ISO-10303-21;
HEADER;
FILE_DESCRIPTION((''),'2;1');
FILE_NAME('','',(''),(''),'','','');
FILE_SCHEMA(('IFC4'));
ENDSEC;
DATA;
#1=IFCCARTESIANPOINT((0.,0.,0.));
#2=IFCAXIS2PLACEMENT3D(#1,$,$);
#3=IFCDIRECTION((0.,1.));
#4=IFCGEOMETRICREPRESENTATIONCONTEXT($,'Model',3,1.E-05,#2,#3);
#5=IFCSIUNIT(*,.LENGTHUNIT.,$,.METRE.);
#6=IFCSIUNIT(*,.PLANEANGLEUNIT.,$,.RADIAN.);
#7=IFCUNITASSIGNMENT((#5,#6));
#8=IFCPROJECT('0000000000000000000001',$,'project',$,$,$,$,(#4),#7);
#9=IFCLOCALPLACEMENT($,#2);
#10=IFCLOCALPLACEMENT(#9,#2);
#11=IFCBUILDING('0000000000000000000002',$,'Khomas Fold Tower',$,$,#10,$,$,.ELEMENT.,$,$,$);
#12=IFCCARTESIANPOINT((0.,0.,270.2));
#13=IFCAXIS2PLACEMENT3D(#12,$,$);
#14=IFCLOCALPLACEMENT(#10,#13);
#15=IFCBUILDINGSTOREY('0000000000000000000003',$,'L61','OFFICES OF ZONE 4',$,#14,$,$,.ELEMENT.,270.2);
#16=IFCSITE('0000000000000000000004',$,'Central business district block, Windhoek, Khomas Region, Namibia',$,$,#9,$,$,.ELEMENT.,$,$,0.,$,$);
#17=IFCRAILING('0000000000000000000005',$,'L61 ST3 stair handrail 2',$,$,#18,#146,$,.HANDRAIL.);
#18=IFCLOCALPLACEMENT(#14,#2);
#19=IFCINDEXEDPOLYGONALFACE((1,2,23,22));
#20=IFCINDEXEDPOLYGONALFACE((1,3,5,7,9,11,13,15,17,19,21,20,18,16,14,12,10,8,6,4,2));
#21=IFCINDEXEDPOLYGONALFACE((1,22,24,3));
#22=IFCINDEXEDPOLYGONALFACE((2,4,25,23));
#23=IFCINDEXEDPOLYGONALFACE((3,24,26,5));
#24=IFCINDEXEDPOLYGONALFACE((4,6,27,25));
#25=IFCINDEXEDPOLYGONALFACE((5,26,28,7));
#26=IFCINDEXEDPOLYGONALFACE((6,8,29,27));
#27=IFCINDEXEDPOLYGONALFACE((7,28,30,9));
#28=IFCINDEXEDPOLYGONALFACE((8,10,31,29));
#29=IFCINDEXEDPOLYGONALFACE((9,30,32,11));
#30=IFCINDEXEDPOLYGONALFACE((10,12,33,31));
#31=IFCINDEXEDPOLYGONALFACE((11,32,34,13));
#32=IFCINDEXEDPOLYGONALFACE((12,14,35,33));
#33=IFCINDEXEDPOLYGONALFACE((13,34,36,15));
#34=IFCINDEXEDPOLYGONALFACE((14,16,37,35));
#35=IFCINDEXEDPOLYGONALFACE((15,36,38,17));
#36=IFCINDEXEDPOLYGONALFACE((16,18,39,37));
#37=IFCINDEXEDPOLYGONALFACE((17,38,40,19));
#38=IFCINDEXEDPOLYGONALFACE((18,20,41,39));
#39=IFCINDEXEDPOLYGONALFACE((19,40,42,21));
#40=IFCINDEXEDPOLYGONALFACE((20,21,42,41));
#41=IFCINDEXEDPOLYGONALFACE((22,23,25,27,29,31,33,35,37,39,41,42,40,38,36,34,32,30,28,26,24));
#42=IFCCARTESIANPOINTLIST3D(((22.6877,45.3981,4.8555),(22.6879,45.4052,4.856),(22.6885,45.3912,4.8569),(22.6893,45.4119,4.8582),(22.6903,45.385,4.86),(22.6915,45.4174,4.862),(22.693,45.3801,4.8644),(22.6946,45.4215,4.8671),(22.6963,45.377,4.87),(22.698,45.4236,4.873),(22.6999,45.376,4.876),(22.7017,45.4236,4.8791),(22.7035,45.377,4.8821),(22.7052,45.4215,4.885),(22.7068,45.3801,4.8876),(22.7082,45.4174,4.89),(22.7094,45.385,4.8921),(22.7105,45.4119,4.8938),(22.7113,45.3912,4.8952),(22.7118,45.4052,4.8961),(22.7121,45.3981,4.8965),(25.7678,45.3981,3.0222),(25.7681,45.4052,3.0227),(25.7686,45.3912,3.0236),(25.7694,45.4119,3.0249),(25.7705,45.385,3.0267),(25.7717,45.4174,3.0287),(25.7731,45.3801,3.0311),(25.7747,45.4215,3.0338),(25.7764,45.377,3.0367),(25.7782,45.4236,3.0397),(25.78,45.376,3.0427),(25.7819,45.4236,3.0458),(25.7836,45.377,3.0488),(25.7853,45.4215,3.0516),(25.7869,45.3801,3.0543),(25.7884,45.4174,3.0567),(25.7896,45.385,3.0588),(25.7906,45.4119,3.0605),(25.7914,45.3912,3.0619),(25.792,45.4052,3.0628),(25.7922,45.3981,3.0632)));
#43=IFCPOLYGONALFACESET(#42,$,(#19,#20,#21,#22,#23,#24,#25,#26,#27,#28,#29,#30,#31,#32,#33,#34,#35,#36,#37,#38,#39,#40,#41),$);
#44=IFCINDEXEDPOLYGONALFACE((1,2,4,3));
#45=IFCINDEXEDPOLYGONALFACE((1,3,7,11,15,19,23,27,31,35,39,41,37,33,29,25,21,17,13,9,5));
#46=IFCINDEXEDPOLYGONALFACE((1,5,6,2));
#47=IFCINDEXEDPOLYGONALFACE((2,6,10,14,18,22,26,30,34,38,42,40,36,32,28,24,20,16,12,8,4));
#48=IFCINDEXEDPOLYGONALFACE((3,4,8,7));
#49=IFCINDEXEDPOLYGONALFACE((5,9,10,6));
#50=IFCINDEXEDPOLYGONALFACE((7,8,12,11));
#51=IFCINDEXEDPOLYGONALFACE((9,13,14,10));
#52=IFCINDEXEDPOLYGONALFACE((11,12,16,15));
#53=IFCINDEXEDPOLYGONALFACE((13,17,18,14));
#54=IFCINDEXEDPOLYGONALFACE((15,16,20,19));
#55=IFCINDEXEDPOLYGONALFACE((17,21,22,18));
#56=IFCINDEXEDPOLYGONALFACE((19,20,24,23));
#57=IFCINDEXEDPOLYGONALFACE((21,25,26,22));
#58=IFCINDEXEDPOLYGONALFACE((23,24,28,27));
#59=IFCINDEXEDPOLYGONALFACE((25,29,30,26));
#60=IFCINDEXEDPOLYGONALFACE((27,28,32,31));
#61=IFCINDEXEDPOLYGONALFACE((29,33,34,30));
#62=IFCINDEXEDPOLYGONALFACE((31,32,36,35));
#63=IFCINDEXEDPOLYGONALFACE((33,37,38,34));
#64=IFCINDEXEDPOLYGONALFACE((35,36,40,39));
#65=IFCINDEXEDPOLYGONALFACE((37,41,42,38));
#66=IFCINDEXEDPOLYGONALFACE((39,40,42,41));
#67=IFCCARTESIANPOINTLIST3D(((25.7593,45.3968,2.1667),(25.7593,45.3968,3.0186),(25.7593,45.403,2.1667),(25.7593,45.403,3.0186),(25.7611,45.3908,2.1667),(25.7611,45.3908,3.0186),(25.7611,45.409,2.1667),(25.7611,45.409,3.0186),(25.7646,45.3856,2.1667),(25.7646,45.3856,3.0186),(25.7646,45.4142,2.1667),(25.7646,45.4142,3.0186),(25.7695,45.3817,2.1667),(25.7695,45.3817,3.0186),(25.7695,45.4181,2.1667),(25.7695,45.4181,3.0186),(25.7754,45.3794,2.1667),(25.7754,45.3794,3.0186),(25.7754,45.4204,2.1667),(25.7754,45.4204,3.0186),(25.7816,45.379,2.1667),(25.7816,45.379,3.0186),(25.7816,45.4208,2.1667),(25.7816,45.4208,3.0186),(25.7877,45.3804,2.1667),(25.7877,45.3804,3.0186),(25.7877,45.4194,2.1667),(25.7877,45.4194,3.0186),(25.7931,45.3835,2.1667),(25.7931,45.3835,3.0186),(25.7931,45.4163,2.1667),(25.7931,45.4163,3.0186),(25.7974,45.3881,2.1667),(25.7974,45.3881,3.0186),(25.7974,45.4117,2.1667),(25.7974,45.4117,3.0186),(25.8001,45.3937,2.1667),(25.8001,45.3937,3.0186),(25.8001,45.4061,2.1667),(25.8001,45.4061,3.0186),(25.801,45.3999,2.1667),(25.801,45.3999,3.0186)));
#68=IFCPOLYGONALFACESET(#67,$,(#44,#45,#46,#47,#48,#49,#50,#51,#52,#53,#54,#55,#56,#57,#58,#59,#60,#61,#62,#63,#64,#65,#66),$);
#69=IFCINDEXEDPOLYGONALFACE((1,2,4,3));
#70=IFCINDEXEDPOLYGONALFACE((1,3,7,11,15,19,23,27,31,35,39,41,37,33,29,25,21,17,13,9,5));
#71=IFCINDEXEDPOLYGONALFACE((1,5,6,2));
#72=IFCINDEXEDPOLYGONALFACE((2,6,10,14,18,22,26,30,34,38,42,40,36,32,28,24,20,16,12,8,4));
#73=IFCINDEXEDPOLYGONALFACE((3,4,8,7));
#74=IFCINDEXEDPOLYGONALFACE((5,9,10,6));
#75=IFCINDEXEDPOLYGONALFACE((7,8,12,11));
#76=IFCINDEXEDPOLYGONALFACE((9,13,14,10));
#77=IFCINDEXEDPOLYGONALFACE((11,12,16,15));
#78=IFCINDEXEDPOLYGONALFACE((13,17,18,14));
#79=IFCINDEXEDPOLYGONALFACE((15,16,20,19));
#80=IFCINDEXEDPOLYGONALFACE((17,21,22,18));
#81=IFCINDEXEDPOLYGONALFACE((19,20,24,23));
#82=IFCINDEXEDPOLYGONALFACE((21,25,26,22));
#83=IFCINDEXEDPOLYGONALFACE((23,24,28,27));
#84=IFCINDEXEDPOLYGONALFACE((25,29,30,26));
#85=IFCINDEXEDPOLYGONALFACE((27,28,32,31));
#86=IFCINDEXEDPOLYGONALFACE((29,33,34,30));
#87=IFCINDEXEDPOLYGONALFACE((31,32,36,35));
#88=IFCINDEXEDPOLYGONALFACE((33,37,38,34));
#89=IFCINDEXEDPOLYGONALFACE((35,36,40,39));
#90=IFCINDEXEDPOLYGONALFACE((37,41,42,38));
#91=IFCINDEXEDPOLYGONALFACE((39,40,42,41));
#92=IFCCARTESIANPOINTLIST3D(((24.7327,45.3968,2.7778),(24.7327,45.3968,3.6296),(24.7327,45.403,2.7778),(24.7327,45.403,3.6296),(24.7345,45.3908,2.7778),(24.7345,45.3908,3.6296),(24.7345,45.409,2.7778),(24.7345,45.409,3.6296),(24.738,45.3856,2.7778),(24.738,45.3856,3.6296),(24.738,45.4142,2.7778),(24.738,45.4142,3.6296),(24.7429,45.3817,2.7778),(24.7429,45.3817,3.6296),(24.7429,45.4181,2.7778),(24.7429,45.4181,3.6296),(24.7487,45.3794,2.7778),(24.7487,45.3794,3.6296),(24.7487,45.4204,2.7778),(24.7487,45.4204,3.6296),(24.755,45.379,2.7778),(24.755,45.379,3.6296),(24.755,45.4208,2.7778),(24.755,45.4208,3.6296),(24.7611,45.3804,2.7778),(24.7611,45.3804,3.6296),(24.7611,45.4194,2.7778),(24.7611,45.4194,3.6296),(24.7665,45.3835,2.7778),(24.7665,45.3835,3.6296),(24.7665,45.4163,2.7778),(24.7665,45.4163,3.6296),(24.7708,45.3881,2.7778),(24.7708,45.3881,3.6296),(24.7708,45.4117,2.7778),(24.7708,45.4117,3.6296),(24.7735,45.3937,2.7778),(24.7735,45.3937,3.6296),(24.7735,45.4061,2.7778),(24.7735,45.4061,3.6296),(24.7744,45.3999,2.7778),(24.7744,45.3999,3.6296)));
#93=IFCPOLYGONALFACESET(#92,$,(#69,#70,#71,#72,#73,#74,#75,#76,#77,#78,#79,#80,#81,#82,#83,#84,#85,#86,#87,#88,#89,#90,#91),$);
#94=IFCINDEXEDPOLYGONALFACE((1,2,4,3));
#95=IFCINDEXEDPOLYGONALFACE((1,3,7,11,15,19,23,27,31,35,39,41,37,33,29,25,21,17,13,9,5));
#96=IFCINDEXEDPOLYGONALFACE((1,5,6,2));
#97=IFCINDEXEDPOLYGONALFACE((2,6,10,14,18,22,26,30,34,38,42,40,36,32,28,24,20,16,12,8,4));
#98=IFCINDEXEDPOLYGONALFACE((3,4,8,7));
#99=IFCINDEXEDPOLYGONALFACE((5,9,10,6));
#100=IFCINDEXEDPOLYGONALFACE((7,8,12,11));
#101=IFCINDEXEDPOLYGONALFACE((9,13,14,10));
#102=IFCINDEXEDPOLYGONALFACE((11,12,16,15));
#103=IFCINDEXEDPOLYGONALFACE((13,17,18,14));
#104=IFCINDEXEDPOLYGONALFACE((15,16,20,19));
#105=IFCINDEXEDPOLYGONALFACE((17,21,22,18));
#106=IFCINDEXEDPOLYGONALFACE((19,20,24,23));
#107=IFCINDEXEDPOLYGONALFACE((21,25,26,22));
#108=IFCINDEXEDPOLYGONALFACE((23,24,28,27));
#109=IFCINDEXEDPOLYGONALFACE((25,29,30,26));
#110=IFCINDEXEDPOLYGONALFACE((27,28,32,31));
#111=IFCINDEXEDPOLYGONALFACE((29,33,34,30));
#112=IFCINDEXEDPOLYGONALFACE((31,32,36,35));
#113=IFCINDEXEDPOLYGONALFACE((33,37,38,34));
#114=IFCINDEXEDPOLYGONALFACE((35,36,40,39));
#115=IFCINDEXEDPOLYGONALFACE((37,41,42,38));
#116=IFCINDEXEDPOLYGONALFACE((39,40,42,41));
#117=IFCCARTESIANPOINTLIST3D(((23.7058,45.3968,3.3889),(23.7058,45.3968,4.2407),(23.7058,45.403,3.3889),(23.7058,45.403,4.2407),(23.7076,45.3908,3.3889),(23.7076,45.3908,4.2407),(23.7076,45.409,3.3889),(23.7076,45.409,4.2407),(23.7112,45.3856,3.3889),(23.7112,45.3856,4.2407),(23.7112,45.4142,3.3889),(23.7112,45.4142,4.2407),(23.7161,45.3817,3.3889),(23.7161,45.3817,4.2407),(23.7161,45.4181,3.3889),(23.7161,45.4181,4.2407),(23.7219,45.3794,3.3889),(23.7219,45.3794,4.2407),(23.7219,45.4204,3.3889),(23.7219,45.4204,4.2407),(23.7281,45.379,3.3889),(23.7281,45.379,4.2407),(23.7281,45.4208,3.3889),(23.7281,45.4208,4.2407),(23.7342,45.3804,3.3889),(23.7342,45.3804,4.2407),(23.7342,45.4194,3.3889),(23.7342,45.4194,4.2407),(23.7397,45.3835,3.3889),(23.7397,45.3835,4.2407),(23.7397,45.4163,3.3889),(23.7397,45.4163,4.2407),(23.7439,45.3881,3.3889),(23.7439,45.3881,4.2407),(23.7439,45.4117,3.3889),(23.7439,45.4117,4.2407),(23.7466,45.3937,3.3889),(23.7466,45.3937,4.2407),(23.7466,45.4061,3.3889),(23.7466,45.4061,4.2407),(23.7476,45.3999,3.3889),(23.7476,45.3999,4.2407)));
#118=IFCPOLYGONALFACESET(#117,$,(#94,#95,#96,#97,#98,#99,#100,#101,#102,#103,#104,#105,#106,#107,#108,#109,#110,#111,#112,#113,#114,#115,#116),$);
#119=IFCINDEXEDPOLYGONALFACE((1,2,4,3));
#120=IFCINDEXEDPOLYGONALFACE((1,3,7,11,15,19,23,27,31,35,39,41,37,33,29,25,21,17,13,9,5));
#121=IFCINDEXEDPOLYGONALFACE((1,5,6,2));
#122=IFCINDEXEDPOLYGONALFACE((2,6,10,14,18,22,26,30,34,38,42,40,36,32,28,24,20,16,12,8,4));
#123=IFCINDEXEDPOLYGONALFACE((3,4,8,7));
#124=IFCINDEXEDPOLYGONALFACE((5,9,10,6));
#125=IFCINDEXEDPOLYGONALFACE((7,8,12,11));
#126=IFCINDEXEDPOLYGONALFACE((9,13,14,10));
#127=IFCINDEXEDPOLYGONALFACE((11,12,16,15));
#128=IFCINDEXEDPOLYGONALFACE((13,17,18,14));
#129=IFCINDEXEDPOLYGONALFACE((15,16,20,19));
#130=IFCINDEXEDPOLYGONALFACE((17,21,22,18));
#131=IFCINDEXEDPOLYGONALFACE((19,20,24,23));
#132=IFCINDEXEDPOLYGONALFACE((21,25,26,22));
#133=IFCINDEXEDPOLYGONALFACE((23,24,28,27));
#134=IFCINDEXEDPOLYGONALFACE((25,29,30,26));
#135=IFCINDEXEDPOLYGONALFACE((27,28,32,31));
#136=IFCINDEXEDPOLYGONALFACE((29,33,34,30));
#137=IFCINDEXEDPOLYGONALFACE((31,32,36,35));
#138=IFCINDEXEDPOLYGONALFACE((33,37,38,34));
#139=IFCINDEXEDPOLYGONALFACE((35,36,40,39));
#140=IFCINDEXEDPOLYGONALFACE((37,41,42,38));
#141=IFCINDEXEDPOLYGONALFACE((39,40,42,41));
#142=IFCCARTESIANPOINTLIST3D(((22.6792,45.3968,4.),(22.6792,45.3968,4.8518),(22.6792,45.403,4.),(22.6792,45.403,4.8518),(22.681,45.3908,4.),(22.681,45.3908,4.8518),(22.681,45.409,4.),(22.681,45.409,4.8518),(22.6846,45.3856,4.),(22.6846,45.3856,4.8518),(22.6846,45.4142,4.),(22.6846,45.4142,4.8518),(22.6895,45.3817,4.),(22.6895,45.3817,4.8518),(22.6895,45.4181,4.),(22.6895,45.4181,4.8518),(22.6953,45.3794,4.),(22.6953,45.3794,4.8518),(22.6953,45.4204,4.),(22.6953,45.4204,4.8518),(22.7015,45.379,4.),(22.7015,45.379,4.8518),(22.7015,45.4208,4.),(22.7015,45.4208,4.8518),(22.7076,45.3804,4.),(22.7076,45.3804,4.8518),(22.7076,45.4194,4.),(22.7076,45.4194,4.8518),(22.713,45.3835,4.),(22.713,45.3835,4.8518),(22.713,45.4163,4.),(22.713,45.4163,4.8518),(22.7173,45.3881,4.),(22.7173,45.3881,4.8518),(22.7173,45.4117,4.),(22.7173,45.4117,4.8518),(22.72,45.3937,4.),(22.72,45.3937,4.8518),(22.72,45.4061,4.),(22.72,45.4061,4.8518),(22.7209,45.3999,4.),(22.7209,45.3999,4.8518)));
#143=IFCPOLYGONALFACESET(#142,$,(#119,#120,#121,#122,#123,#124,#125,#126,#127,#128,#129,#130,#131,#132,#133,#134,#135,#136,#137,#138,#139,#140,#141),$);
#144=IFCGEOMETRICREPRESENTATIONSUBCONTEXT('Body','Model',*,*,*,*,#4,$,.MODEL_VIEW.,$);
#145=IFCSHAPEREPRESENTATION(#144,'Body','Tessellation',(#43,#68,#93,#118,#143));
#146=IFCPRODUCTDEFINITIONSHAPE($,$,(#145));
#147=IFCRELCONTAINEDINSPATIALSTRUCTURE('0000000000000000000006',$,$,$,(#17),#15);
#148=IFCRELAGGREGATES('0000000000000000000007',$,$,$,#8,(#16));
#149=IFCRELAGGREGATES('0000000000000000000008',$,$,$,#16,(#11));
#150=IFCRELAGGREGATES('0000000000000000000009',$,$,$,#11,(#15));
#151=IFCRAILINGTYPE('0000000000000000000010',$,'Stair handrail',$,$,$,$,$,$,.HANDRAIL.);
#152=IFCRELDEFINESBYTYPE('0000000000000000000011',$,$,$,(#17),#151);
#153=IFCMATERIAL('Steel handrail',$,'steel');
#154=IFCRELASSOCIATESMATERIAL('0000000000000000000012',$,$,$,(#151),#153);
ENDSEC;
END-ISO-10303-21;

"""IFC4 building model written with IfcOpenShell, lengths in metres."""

from ifc_helpers import new_model, si_unit, direction, frame, origin, origin_2d, place, context, subcontext, project, spatial, circle, extrude, source, transform, mapped, material, type_object, element, save


model = new_model("IFC4")

# Units and contexts
model_context = context("Model", 3, precision=1e-05, world=origin(), true_north=direction((0.0, 1.0)))
body_context = subcontext(model_context, "Body", "Model", "MODEL_VIEW")
ifc_project = project(units=[si_unit("LENGTHUNIT", "METRE"), si_unit("PLANEANGLEUNIT", "RADIAN")], contexts=[model_context])

# Site, building, storey
site_placement = place(None, origin())
site = spatial("IfcSite", under=ifc_project, at=site_placement, Name="Central business district block, Windhoek, Khomas Region, Namibia", CompositionType="ELEMENT", RefElevation=0.0)
building_placement = place(site_placement, origin())
building = spatial("IfcBuilding", under=site, at=building_placement, Name="Khomas Fold Tower", CompositionType="ELEMENT")
storey_placement = place(building_placement, frame((0.0, 0.0, 270.2)))
storey = spatial("IfcBuildingStorey", under=building, at=storey_placement, Name="L61", Description="OFFICES OF ZONE 4", CompositionType="ELEMENT", Elevation=270.2)

# Railing
ifc_material_1 = material(Name="Steel handrail", Category="steel")
railing_type_1 = type_object("IfcRailingType", Name="Stair handrail", PredefinedType="HANDRAIL", material=ifc_material_1)
shared_shape_1 = source(origin(), body_context, "Body", "SweptSolid", [
    extrude(circle(Radius=0.0239, at=origin_2d()), frame((0.0, 0.0, 0.876), z_axis=(-0.859309, 0.0, 0.511458), x_axis=(0.0, -1.0, 0.0)), (0.0, 0.0, 1.0), 3.5845),
    extrude(circle(Radius=0.021, at=origin_2d()), origin(), (0.0, 0.0, 1.0), 0.8518),
    extrude(circle(Radius=0.021, at=origin_2d()), frame((-1.0266, 0.0, 0.6111)), (0.0, 0.0, 1.0), 0.8518),
    extrude(circle(Radius=0.021, at=origin_2d()), frame((-2.0535, 0.0, 1.2222)), (0.0, 0.0, 1.0), 0.8518),
    extrude(circle(Radius=0.021, at=origin_2d()), frame((-3.0801, 0.0, 1.8333)), (0.0, 0.0, 1.0), 0.8518),
])
railing_1_placement = place(storey_placement, frame((25.78, 45.3999, 2.1667)))
element("IfcRailing", 1, at=railing_1_placement, inside=storey, type_object=railing_type_1, Name="L61 ST3 stair handrail 2", PredefinedType="HANDRAIL", context=body_context, shape_type="MappedRepresentation", body=[
    mapped(shared_shape_1, transform((0.0, 0.0, 0.0))),
])

save(model, "model.ifc")
